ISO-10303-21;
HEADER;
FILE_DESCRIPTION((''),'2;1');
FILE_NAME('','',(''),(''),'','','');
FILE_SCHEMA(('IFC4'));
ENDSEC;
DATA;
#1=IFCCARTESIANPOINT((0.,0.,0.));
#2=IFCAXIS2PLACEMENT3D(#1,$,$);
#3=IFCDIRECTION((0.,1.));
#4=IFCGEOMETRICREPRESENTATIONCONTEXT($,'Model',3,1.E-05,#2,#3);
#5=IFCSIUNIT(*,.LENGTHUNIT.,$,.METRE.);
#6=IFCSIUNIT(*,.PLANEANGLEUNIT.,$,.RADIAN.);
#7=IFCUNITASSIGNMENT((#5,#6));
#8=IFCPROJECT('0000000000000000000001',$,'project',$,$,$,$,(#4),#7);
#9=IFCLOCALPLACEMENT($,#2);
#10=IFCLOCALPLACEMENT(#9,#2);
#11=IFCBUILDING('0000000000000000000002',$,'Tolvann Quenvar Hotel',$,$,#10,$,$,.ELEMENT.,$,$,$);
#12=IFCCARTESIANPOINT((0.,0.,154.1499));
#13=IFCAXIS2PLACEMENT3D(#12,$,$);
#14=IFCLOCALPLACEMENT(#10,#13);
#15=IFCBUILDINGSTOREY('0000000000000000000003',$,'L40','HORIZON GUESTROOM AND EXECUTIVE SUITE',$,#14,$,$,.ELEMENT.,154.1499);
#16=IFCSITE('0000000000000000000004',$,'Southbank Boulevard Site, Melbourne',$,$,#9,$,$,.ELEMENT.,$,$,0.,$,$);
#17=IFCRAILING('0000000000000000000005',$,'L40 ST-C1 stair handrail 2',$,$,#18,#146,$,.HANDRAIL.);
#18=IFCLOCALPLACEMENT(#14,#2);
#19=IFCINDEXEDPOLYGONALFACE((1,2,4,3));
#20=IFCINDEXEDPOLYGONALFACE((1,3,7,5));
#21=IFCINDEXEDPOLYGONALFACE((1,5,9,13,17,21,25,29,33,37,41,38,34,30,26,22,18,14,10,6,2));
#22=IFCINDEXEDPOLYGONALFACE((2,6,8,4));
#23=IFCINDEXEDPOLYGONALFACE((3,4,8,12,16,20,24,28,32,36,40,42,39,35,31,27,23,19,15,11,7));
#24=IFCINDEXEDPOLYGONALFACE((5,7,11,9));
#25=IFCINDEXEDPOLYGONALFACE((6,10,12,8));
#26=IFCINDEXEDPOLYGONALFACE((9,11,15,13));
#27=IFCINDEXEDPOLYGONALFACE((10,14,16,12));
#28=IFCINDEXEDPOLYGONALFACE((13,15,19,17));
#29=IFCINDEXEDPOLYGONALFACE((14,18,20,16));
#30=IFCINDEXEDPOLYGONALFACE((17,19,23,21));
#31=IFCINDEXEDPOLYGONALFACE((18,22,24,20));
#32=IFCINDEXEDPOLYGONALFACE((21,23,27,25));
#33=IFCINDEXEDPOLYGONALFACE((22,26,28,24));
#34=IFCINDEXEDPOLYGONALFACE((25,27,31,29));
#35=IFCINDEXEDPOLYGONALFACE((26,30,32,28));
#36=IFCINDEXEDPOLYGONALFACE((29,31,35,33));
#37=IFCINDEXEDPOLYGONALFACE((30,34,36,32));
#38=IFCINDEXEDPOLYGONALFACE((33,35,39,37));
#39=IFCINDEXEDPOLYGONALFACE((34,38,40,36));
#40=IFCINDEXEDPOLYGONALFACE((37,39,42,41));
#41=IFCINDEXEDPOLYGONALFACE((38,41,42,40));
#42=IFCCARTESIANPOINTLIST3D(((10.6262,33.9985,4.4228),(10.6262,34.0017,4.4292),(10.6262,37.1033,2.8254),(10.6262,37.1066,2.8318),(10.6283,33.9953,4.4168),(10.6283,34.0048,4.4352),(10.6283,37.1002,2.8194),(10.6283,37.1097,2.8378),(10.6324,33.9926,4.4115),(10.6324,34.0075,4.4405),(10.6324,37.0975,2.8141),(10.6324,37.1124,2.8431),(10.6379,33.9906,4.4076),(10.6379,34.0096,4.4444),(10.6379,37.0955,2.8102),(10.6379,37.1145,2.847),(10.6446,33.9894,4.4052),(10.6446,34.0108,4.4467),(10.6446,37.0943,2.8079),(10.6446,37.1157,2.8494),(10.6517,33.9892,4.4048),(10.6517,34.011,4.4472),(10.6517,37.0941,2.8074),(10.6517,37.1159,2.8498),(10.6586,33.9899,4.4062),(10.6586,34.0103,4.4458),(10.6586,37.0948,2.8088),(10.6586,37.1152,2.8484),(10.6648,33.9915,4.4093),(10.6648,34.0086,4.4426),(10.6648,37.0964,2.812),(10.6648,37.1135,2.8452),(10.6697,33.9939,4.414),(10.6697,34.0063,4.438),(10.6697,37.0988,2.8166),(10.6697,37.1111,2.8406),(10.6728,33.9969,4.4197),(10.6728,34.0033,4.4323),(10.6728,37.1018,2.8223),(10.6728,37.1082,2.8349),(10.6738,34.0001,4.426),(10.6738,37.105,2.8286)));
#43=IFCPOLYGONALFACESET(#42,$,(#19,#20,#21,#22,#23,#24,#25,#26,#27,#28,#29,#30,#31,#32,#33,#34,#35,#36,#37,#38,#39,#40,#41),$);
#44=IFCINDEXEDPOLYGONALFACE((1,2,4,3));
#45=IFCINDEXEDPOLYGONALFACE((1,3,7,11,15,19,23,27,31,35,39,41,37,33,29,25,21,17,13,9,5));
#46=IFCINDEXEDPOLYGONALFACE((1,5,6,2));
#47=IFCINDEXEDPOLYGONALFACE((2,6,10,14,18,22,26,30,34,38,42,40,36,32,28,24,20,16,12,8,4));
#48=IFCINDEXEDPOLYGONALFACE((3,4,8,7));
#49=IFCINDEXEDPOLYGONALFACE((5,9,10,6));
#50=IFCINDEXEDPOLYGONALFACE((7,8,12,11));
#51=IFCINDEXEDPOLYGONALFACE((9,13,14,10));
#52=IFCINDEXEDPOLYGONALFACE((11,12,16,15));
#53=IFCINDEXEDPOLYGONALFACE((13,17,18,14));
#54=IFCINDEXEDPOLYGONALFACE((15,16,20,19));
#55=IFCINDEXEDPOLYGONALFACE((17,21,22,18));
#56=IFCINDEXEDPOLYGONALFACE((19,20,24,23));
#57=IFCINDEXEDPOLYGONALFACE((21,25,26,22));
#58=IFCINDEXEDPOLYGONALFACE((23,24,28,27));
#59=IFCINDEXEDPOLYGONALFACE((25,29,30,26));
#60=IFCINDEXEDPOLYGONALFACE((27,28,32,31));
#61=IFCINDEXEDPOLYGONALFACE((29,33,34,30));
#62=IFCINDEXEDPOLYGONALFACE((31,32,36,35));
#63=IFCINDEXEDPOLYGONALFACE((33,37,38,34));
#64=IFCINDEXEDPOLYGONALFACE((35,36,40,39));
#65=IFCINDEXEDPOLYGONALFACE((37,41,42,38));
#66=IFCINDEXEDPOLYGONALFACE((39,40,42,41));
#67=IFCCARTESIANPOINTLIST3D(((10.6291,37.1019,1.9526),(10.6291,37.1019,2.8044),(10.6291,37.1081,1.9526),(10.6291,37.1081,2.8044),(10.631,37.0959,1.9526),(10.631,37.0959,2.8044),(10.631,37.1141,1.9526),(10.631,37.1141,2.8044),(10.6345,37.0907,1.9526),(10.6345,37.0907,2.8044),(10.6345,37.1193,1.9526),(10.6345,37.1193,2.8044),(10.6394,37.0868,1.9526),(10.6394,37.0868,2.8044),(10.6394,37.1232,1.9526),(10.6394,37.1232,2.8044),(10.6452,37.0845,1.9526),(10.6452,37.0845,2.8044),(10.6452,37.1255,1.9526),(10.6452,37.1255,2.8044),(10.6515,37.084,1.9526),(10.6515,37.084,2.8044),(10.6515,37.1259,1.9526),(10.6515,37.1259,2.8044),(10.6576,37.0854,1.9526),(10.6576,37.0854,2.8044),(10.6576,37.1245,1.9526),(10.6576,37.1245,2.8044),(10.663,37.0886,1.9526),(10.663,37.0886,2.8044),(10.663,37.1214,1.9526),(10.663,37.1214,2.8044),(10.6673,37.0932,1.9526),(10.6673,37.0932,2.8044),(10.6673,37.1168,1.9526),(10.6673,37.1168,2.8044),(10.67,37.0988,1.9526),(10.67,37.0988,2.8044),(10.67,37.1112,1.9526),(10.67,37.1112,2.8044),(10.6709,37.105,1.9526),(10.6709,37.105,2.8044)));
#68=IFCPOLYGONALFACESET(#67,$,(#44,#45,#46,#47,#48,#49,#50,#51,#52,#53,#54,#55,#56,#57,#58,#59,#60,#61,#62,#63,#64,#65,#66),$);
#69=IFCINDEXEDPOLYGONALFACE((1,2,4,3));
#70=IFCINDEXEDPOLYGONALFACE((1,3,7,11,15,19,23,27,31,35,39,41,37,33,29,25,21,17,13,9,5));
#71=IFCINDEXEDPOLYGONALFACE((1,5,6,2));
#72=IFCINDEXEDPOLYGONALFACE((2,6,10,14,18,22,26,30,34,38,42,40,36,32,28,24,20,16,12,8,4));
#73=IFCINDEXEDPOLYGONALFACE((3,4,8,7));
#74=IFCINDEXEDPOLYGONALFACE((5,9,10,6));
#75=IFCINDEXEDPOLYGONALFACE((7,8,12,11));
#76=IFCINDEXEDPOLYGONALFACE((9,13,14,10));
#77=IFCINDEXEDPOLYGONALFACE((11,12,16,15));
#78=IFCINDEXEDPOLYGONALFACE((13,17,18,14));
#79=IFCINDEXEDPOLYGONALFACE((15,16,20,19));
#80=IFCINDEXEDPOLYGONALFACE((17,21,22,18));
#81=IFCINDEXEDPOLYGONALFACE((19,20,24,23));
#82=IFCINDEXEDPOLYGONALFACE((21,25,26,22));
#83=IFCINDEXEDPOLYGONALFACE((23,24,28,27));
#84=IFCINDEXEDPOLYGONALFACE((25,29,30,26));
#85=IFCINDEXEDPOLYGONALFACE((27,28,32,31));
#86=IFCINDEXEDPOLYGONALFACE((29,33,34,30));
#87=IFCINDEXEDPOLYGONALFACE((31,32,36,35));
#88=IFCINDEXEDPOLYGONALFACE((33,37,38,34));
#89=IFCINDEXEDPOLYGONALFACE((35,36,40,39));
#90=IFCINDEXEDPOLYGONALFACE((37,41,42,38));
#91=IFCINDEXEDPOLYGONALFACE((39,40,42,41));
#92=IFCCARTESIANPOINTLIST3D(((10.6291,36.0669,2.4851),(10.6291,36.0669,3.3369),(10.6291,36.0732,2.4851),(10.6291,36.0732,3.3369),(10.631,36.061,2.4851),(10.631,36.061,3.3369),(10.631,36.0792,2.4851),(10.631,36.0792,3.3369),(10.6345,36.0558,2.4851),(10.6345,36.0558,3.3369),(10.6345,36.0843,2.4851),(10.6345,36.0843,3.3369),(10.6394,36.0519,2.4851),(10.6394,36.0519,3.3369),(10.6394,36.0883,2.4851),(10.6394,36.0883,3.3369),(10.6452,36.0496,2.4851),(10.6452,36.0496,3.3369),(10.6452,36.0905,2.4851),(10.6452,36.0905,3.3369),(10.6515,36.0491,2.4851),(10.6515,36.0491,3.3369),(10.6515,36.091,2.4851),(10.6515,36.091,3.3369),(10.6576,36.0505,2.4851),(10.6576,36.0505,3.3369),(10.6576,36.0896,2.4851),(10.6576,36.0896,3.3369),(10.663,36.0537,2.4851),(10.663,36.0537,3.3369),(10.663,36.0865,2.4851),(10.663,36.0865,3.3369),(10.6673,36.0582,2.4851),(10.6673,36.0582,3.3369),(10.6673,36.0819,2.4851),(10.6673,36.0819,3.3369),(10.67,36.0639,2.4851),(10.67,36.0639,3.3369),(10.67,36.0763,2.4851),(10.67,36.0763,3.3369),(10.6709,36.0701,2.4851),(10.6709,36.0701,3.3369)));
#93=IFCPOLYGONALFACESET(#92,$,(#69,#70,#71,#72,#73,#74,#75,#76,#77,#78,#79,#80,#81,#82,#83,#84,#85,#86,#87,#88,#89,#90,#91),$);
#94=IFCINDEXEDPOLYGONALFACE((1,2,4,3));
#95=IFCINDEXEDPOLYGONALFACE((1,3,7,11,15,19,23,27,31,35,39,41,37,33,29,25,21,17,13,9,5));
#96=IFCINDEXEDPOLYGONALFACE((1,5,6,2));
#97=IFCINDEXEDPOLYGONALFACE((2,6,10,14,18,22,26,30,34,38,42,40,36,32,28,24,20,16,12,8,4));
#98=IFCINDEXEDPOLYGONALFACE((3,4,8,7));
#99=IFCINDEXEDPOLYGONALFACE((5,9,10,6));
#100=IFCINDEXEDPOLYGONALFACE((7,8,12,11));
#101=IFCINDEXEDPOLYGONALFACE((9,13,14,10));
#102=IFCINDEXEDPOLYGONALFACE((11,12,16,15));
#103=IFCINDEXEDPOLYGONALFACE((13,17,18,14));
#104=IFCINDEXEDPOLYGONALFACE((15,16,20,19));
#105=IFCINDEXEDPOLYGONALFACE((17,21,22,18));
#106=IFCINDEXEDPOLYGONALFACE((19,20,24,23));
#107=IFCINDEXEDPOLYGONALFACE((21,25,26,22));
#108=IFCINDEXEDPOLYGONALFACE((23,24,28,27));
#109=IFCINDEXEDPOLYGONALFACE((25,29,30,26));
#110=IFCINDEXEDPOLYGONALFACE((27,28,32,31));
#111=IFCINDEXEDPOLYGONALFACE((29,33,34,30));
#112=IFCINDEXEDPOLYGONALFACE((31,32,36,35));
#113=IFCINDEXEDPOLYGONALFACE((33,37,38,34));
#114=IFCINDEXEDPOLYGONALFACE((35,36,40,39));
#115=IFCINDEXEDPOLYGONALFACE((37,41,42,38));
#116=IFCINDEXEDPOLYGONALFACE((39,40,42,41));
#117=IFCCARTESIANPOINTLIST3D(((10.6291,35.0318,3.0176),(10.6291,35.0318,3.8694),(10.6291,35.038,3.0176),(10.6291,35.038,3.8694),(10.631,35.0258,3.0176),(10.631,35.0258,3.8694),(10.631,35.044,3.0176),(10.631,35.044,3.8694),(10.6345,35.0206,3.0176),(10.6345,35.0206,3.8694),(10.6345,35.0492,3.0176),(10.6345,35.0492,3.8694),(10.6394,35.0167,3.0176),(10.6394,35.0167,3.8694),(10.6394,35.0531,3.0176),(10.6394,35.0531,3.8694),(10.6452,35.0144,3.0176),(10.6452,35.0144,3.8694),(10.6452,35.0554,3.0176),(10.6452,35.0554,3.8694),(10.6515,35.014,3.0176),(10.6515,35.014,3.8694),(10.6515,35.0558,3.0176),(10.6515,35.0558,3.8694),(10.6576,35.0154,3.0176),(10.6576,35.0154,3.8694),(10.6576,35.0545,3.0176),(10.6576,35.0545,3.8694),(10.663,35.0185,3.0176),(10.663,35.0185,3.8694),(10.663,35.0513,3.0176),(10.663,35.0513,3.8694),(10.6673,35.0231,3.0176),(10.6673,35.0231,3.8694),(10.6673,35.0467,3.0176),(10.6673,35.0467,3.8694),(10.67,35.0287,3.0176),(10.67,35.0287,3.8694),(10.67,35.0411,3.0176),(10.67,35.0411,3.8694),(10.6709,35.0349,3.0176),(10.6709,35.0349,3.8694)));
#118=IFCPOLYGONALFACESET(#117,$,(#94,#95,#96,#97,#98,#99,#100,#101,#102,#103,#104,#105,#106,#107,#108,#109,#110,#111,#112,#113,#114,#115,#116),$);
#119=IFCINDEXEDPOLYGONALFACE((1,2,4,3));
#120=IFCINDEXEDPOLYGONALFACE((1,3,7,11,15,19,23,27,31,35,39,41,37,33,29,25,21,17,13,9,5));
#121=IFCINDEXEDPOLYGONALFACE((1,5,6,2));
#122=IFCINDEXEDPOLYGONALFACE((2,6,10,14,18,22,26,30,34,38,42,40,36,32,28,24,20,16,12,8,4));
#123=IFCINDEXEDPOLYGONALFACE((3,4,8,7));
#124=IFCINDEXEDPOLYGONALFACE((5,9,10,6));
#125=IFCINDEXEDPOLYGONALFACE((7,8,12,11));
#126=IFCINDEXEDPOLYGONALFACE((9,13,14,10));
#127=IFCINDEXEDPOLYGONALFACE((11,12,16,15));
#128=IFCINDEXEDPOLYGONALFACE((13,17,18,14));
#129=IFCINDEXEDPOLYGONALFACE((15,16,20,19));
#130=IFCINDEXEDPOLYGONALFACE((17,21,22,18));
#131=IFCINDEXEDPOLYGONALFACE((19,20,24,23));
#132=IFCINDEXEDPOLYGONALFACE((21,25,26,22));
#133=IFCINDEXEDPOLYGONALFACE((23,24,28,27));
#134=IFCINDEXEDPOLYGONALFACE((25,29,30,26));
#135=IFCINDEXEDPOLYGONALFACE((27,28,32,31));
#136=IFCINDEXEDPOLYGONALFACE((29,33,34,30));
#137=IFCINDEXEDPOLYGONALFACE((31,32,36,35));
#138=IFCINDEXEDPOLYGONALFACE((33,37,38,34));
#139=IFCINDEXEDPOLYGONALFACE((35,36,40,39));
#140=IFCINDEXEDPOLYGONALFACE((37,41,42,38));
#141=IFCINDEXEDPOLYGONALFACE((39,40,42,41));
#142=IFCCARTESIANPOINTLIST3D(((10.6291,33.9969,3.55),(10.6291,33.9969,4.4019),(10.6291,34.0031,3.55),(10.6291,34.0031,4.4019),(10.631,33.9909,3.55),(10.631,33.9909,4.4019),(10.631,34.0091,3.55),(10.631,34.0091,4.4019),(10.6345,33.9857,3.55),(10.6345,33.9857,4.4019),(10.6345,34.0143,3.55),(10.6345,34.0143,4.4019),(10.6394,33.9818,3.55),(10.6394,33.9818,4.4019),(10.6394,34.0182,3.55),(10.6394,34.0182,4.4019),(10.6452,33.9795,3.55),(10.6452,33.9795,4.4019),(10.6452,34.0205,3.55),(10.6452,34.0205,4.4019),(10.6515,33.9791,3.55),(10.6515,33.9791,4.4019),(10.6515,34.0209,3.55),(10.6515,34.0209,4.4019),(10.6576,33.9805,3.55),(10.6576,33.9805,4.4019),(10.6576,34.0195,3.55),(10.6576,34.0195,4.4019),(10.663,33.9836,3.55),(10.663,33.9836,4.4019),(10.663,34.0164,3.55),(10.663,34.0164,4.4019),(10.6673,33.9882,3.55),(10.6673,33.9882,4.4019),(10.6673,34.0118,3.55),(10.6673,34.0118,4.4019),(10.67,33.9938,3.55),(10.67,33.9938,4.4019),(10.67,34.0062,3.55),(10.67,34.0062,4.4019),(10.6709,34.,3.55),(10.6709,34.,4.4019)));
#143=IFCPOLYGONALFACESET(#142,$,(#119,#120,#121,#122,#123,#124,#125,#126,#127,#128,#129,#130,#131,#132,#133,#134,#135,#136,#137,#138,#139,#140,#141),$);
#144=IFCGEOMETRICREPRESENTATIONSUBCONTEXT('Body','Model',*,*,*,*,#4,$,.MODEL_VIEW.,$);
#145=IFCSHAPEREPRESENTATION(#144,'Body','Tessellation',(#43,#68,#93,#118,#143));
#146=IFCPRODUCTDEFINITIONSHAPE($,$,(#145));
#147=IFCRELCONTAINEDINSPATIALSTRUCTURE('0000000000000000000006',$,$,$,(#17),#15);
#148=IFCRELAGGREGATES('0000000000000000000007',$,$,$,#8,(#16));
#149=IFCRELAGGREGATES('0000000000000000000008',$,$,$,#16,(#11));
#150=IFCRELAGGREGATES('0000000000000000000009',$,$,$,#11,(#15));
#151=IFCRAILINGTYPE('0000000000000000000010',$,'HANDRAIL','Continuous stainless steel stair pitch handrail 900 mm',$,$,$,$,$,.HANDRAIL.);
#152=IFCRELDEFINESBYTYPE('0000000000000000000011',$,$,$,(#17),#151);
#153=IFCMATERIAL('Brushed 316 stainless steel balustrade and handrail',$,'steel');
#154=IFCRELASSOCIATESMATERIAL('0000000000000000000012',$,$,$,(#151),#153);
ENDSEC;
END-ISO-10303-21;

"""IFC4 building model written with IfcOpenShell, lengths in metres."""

from ifc_helpers import new_model, si_unit, direction, frame, origin, origin_2d, place, context, subcontext, project, spatial, circle, extrude, material, type_object, element, save


model = new_model("IFC4")

# Units and contexts
model_context = context("Model", 3, precision=1e-05, world=origin(), true_north=direction((0.0, 1.0)))
body_context = subcontext(model_context, "Body", "Model", "MODEL_VIEW")
ifc_project = project(units=[si_unit("LENGTHUNIT", "METRE"), si_unit("PLANEANGLEUNIT", "RADIAN")], contexts=[model_context])

# Site, building, storey
site_placement = place(None, origin())
site = spatial("IfcSite", under=ifc_project, at=site_placement, Name="Southbank Boulevard Site, Melbourne", CompositionType="ELEMENT", RefElevation=0.0)
building_placement = place(site_placement, origin())
building = spatial("IfcBuilding", under=site, at=building_placement, Name="Tolvann Quenvar Hotel", CompositionType="ELEMENT")
storey_placement = place(building_placement, frame((0.0, 0.0, 154.1499)))
storey = spatial("IfcBuildingStorey", under=building, at=storey_placement, Name="L40", Description="HORIZON GUESTROOM AND EXECUTIVE SUITE", CompositionType="ELEMENT", Elevation=154.1499)

# Railing
ifc_material_1 = material(Name="Brushed 316 stainless steel balustrade and handrail", Category="steel")
railing_type_1 = type_object("IfcRailingType", Name="HANDRAIL", Description="Continuous stainless steel stair pitch handrail 900 mm", PredefinedType="HANDRAIL", material=ifc_material_1)
railing_1_placement = place(storey_placement, frame((10.6499, 37.105, 1.9526)))
element("IfcRailing", 1, at=railing_1_placement, inside=storey, type_object=railing_type_1, Name="L40 ST-C1 stair handrail 2", PredefinedType="HANDRAIL", context=body_context, shape_type="SweptSolid", body=[
    extrude(circle(Radius=0.0239, at=origin_2d()), frame((0.0, 0.0, 0.876), z_axis=(0.0, -0.889222, 0.457476), x_axis=(1.0, 0.0, 0.0)), (0.0, 0.0, 1.0), 3.4917),
    extrude(circle(Radius=0.021, at=origin_2d()), origin(), (0.0, 0.0, 1.0), 0.8518),
    extrude(circle(Radius=0.021, at=origin_2d()), frame((0.0, -1.0349, 0.5325)), (0.0, 0.0, 1.0), 0.8518),
    extrude(circle(Radius=0.021, at=origin_2d()), frame((0.0, -2.0701, 1.0649)), (0.0, 0.0, 1.0), 0.8518),
    extrude(circle(Radius=0.021, at=origin_2d()), frame((0.0, -3.105, 1.5974)), (0.0, 0.0, 1.0), 0.8518),
])

save(model, "model.ifc")
